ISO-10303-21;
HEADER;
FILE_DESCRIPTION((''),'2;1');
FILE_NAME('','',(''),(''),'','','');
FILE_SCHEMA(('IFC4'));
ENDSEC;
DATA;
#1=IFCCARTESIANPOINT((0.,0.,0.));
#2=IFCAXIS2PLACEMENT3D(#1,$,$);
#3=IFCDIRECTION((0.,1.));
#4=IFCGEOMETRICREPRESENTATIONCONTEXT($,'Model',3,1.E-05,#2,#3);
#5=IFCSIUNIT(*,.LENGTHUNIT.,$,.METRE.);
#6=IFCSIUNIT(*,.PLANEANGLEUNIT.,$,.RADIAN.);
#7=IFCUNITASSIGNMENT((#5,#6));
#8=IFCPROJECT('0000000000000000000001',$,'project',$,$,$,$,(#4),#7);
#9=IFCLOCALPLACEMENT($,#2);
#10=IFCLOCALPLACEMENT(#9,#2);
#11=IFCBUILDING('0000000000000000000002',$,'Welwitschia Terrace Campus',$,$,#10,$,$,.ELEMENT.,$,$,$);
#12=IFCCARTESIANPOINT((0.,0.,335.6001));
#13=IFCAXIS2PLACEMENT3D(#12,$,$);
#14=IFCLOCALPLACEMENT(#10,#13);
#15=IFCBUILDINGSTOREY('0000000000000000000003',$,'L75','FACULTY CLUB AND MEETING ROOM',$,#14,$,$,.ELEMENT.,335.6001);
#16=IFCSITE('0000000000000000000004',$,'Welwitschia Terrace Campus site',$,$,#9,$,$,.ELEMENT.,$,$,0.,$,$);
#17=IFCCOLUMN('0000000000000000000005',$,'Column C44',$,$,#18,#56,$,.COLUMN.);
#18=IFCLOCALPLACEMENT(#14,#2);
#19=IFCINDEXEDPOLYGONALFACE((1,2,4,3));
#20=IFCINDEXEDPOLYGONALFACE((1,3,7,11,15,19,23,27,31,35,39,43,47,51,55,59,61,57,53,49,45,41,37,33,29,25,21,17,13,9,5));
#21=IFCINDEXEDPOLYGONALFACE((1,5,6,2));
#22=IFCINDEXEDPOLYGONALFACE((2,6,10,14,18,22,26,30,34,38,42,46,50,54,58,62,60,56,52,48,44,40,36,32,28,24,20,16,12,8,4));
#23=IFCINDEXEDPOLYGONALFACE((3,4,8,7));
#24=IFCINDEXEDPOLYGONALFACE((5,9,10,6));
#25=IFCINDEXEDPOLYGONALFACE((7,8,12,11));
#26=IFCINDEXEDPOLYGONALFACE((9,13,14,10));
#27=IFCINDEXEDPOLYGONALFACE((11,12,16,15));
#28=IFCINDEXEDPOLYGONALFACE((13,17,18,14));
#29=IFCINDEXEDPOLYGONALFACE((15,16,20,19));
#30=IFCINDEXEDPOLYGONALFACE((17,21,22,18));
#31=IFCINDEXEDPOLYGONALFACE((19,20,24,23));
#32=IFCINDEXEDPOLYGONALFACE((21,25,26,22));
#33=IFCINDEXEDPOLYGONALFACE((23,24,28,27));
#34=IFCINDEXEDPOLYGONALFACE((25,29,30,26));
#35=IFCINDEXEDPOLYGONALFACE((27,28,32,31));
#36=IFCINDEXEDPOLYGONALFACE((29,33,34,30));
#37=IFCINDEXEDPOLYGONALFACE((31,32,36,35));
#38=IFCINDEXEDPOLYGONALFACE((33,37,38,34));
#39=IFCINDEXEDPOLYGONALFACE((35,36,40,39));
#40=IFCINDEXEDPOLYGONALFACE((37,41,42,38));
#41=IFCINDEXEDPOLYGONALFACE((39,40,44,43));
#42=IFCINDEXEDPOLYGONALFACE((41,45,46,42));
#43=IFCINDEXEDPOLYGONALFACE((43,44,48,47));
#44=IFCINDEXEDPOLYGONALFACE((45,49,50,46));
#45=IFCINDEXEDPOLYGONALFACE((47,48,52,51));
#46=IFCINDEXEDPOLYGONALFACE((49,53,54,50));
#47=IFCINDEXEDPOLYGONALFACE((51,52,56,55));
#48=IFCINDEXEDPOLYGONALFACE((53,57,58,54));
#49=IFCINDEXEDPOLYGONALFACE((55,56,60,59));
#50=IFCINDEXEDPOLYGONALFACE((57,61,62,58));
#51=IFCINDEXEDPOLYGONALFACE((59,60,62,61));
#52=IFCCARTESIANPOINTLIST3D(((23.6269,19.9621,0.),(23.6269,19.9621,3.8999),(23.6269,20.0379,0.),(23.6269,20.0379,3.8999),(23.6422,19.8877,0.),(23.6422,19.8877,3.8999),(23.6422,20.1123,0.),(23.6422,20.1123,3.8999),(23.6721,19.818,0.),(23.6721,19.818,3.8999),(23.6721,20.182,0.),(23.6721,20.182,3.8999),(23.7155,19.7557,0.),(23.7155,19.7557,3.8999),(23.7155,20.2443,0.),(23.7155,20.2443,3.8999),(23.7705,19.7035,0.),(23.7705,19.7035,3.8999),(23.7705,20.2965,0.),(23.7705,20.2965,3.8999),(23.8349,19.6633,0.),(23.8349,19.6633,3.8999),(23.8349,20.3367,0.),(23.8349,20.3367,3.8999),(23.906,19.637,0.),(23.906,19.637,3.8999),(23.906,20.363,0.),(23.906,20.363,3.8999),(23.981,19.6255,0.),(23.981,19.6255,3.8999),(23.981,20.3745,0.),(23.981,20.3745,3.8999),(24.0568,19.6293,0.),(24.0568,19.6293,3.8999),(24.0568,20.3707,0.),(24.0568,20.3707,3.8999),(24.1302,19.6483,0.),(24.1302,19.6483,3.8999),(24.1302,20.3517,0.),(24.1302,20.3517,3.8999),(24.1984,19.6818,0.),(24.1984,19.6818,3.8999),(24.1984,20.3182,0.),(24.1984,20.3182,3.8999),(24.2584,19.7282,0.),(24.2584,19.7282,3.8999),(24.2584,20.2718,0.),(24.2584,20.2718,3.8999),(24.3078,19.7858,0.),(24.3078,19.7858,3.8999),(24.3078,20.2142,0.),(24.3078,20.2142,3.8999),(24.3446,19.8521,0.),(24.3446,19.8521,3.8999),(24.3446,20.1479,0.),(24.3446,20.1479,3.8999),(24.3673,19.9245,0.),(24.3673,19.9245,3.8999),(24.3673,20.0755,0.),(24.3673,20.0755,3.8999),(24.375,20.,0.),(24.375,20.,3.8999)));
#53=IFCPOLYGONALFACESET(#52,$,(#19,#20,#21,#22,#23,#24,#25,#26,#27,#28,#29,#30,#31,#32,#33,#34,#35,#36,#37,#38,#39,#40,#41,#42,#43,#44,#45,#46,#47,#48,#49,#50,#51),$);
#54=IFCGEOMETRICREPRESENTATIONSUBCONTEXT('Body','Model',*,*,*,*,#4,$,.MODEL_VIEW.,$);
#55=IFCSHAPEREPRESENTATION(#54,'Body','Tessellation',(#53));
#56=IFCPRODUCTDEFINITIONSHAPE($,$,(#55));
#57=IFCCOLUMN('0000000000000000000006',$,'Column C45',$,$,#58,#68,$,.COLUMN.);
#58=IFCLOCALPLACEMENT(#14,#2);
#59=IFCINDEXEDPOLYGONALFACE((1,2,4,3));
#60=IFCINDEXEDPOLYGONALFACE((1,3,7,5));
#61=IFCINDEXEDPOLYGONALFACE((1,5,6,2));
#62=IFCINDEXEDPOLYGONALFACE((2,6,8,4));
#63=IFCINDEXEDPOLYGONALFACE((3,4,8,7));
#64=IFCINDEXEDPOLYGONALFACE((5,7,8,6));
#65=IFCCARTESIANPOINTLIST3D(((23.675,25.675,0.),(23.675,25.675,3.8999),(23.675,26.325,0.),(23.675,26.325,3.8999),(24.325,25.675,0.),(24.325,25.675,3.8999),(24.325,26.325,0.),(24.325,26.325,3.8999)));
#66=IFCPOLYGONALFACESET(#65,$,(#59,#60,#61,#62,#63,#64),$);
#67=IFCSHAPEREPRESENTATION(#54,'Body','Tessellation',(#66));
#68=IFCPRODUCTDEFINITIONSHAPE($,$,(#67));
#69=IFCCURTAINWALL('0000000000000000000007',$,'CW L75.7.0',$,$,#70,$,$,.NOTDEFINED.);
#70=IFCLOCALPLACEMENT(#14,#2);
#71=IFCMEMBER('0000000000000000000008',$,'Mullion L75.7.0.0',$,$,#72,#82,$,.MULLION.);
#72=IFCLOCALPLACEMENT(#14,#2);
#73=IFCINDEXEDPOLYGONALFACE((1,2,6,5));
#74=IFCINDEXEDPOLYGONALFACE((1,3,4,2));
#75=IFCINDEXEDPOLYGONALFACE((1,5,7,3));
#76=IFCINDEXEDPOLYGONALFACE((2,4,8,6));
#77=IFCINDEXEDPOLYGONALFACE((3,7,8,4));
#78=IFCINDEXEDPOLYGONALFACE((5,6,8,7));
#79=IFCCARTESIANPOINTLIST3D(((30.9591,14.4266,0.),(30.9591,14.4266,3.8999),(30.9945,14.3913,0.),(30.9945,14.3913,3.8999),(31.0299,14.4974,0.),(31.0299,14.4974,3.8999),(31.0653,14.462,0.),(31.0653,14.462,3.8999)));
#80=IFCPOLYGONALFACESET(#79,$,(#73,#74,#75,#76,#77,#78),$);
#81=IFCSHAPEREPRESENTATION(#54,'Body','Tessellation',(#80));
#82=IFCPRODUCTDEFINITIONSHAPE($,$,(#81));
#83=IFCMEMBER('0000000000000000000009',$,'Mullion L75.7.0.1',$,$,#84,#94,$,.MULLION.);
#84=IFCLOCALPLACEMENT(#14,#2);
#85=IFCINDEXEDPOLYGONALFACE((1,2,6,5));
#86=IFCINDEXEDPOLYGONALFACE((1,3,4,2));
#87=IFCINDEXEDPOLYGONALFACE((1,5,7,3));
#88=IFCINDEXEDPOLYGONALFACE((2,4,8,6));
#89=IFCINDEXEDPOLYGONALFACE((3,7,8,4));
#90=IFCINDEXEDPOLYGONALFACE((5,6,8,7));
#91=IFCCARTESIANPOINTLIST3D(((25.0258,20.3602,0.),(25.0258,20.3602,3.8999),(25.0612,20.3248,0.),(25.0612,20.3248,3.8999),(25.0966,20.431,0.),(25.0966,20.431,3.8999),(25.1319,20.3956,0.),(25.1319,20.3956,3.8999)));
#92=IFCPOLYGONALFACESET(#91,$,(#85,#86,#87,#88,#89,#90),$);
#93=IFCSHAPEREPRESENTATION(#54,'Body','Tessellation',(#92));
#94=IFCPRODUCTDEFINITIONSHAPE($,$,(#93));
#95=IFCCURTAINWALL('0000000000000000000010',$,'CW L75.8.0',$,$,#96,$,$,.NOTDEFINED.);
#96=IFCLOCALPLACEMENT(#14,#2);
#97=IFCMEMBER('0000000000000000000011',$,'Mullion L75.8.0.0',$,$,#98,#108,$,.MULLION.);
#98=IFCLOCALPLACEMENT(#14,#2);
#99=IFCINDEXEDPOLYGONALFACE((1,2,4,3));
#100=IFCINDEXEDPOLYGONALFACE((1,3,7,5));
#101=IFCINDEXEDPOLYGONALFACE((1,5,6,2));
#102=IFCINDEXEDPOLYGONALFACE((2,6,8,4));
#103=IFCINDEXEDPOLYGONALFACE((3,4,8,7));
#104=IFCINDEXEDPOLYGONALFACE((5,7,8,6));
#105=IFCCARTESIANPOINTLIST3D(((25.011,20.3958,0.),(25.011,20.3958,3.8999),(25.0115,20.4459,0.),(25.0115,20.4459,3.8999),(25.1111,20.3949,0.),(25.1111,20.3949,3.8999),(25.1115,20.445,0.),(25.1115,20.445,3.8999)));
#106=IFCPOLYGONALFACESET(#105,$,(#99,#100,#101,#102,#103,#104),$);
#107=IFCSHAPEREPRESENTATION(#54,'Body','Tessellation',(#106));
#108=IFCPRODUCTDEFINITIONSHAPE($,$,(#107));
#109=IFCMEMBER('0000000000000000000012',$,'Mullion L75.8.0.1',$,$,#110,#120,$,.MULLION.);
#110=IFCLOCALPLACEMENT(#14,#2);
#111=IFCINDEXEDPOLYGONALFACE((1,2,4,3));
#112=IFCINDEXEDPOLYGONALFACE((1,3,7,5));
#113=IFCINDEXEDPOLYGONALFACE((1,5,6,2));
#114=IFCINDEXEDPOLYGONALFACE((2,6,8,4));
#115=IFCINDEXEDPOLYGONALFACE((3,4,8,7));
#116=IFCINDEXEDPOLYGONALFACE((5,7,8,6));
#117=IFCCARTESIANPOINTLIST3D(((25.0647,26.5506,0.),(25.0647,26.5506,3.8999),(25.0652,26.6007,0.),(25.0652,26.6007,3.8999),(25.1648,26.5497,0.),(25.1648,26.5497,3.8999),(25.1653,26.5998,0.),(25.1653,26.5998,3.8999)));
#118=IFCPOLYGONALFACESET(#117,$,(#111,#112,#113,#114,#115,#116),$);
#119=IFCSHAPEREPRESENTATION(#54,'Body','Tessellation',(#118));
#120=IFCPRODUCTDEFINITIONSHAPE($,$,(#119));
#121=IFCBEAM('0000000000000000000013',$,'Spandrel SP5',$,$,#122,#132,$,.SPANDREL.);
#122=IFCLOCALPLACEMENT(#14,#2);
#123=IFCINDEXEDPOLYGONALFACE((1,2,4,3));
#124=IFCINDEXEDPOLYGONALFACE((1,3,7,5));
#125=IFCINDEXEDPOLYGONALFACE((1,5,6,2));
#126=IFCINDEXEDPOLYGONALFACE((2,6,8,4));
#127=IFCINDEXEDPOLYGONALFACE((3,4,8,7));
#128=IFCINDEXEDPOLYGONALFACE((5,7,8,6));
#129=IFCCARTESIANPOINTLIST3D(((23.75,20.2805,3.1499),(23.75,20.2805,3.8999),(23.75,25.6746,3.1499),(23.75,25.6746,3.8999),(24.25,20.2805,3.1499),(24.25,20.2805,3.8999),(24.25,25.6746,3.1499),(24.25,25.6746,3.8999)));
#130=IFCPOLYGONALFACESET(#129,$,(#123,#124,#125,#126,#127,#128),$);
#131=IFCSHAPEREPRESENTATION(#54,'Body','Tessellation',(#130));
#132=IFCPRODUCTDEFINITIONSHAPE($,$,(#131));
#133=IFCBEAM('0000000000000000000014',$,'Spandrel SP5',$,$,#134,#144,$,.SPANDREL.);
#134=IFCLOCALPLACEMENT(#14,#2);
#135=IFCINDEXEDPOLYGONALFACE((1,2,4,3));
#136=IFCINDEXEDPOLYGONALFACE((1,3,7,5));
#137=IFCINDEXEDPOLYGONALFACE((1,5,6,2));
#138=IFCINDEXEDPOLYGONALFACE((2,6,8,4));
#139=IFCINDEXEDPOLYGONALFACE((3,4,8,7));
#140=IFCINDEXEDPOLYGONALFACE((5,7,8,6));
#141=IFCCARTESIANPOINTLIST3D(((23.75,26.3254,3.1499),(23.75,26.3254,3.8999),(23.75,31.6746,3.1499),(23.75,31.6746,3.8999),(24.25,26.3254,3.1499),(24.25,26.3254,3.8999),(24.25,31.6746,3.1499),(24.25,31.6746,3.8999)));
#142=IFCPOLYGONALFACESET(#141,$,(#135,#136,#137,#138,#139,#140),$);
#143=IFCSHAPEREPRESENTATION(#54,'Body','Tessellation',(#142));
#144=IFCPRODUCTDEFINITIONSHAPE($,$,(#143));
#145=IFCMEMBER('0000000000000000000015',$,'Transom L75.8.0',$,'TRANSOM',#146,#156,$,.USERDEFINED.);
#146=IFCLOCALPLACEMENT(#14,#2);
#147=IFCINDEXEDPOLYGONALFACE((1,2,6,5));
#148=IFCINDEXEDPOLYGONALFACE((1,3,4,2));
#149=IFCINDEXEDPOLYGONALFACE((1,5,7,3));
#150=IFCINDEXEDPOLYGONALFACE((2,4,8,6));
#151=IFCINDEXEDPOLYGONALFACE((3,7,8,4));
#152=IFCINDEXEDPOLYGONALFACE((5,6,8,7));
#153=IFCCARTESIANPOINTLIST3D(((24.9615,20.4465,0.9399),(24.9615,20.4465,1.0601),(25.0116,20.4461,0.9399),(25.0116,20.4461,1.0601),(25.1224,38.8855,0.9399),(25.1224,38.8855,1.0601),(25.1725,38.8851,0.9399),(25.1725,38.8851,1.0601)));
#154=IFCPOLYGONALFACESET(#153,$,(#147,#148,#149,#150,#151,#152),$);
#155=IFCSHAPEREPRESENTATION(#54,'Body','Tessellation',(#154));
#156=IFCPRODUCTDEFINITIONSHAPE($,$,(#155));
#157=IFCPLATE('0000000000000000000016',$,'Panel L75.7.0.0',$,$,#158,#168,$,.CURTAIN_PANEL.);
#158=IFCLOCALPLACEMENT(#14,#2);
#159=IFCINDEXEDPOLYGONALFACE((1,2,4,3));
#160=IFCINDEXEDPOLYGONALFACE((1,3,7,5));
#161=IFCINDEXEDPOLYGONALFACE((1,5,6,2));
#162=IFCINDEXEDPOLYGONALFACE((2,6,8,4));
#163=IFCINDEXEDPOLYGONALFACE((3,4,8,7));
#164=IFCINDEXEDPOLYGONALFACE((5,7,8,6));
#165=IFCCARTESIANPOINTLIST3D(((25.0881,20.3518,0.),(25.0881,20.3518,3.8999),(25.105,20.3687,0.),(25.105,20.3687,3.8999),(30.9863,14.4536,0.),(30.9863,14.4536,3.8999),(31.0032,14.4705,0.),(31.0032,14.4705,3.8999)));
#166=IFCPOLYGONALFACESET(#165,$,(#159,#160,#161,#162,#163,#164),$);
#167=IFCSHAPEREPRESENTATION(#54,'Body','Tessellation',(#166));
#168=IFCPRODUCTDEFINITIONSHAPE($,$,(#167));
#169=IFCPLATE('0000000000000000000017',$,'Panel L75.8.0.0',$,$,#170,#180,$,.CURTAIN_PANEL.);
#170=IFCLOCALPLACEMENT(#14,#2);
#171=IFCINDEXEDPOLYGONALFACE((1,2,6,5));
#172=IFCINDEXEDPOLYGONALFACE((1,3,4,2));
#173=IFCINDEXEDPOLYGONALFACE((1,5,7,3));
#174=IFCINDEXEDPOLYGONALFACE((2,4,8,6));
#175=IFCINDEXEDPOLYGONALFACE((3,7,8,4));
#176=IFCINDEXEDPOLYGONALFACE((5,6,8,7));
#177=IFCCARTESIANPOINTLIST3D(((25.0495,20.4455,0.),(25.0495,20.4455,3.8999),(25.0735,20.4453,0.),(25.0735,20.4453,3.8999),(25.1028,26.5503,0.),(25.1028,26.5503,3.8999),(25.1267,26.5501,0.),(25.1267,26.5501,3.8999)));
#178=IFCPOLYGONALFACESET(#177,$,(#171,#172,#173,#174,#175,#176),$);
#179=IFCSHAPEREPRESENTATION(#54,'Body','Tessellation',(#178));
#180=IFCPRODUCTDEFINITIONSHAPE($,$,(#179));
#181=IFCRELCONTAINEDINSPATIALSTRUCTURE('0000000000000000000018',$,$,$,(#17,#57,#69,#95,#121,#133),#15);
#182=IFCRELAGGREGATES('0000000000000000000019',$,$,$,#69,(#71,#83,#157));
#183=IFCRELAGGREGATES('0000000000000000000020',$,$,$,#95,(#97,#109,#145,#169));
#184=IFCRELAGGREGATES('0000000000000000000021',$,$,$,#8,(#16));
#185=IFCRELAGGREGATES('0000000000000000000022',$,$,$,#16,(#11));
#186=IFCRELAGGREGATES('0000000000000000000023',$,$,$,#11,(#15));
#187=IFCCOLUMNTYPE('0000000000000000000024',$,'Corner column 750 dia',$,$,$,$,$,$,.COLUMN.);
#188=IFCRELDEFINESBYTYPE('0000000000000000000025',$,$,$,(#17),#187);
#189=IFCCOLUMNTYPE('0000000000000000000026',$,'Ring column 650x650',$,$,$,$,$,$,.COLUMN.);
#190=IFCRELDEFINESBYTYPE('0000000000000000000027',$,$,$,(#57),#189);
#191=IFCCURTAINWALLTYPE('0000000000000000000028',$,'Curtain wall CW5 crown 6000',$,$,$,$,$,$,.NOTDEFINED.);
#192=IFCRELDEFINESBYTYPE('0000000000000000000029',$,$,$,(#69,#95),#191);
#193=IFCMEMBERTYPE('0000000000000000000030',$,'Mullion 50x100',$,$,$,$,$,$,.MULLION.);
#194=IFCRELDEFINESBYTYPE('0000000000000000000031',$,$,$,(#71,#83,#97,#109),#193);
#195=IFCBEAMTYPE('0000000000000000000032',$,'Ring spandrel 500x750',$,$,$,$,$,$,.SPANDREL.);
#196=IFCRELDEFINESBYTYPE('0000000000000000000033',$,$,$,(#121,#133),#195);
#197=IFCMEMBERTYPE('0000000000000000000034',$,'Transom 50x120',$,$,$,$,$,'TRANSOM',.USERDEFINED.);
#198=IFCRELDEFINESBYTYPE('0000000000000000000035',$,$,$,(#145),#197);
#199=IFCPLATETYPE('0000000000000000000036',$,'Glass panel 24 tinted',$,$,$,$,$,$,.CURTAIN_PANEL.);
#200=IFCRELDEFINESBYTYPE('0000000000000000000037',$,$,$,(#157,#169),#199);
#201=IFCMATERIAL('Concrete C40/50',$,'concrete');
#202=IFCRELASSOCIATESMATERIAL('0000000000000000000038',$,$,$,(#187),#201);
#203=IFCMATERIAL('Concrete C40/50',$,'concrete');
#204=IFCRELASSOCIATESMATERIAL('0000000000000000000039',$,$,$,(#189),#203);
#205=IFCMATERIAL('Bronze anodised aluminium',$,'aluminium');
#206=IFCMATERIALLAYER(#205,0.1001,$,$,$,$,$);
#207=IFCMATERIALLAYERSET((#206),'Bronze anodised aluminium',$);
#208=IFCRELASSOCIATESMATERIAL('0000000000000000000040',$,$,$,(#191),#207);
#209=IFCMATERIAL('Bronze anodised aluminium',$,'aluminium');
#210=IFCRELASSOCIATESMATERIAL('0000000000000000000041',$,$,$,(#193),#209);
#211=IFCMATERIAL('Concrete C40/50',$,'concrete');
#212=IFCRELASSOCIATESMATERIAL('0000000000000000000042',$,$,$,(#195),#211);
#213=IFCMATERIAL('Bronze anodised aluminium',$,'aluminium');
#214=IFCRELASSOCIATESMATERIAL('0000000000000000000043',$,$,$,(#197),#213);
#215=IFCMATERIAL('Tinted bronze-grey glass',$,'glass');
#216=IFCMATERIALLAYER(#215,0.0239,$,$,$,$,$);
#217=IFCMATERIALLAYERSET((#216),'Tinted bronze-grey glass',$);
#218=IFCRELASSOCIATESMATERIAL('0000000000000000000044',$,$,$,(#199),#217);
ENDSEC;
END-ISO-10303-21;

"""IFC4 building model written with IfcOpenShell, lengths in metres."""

from ifc_helpers import new_model, si_unit, direction, frame, origin, origin_2d, place, context, subcontext, project, spatial, rectangle, circle, extrude, material, layer, layer_set, material_profile, profile_set, type_object, element, aggregate, save


model = new_model("IFC4")

# Units and contexts
model_context = context("Model", 3, precision=1e-05, world=origin(), true_north=direction((0.0, 1.0)))
body_context = subcontext(model_context, "Body", "Model", "MODEL_VIEW")
ifc_project = project(units=[si_unit("LENGTHUNIT", "METRE"), si_unit("PLANEANGLEUNIT", "RADIAN")], contexts=[model_context])

# Site, building, storey
site_placement = place(None, origin())
site = spatial("IfcSite", under=ifc_project, at=site_placement, Name="Welwitschia Terrace Campus site", CompositionType="ELEMENT", RefElevation=0.0)
building_placement = place(site_placement, origin())
building = spatial("IfcBuilding", under=site, at=building_placement, Name="Welwitschia Terrace Campus", CompositionType="ELEMENT")
storey_placement = place(building_placement, frame((0.0, 0.0, 335.6001)))
storey = spatial("IfcBuildingStorey", under=building, at=storey_placement, Name="L75", Description="FACULTY CLUB AND MEETING ROOM", CompositionType="ELEMENT", Elevation=335.6001)

# Columns
ifc_material_1 = material(Name="Concrete C40/50", Category="concrete")
ifc_material_profile_1 = material_profile(ifc_material_1, circle(Radius=0.375, at=origin_2d()))
ifc_profile_set_1 = profile_set([ifc_material_profile_1], Name="Concrete C40/50")
column_type_1 = type_object("IfcColumnType", Name="Corner column 750 dia", PredefinedType="COLUMN", material=ifc_profile_set_1)
column_1_placement = place(storey_placement, frame((24.0, 20.0, 0.0), z_axis=(0.0, 0.0, 1.0), x_axis=(1.0, 0.0, 0.0)))
element("IfcColumn", 1, at=column_1_placement, inside=storey, type_object=column_type_1, Name="Column C44", PredefinedType="COLUMN", context=body_context, shape_type="SweptSolid", body=[
    extrude(circle(Radius=0.375, at=origin_2d()), origin(), (0.0, 0.0, 1.0), 3.8999),
])
ifc_material_2 = material(Name="Concrete C40/50", Category="concrete")
ifc_material_profile_2 = material_profile(ifc_material_2, rectangle(XDim=0.6499, YDim=0.6499, at=origin_2d()))
ifc_profile_set_2 = profile_set([ifc_material_profile_2], Name="Concrete C40/50")
column_type_2 = type_object("IfcColumnType", Name="Ring column 650x650", PredefinedType="COLUMN", material=ifc_profile_set_2)
column_2_placement = place(storey_placement, frame((24.0, 26.0, 0.0), z_axis=(0.0, 0.0, 1.0), x_axis=(1.0, 0.0, 0.0)))
element("IfcColumn", 2, at=column_2_placement, inside=storey, type_object=column_type_2, Name="Column C45", PredefinedType="COLUMN", context=body_context, shape_type="SweptSolid", body=[
    extrude(rectangle(XDim=0.6499, YDim=0.6499, at=origin_2d()), origin(), (0.0, 0.0, 1.0), 3.8999),
])

# Curtain walls, members
ifc_material_3 = material(Name="Bronze anodised aluminium", Category="aluminium")
ifc_layer_1 = layer(ifc_material_3, 0.1001)
ifc_layer_set_1 = layer_set([ifc_layer_1], Name="Bronze anodised aluminium")
curtain_wall_type = type_object("IfcCurtainWallType", Name="Curtain wall CW5 crown 6000", PredefinedType="NOTDEFINED", material=ifc_layer_set_1)
curtain_wall_1_placement = place(storey_placement, origin())
curtain_wall_1 = element("IfcCurtainWall", 3, at=curtain_wall_1_placement, inside=storey, type_object=curtain_wall_type, Name="CW L75.7.0", PredefinedType="NOTDEFINED")
ifc_material_4 = material(Name="Bronze anodised aluminium", Category="aluminium")
ifc_material_profile_3 = material_profile(ifc_material_4, rectangle(XDim=0.1001, YDim=0.05, at=origin_2d()))
ifc_profile_set_3 = profile_set([ifc_material_profile_3], Name="Bronze anodised aluminium")
member_type_1 = type_object("IfcMemberType", Name="Mullion 50x100", PredefinedType="MULLION", material=ifc_profile_set_3)
member_1_placement = place(storey_placement, frame((31.0122, 14.4443, 0.0), z_axis=(0.0, 0.0, 1.0), x_axis=(-0.707107, -0.707107, 0.0)))
member_1 = element("IfcMember", 4, at=member_1_placement, type_object=member_type_1, Name="Mullion L75.7.0.0", PredefinedType="MULLION", context=body_context, shape_type="SweptSolid", body=[
    extrude(rectangle(XDim=0.1001, YDim=0.05, at=origin_2d()), origin(), (0.0, 0.0, 1.0), 3.8999),
])
member_2_placement = place(storey_placement, frame((25.0789, 20.3779, 0.0), z_axis=(0.0, 0.0, 1.0), x_axis=(-0.707107, -0.707107, 0.0)))
member_2 = element("IfcMember", 5, at=member_2_placement, type_object=member_type_1, Name="Mullion L75.7.0.1", PredefinedType="MULLION", context=body_context, shape_type="SweptSolid", body=[
    extrude(rectangle(XDim=0.1001, YDim=0.05, at=origin_2d()), origin(), (0.0, 0.0, 1.0), 3.8999),
])
curtain_wall_2_placement = place(storey_placement, origin())
curtain_wall_2 = element("IfcCurtainWall", 6, at=curtain_wall_2_placement, inside=storey, type_object=curtain_wall_type, Name="CW L75.8.0", PredefinedType="NOTDEFINED")
member_3_placement = place(storey_placement, frame((25.0613, 20.4204, 0.0), z_axis=(0.0, 0.0, 1.0), x_axis=(-0.999962, 0.008727, 0.0)))
member_3 = element("IfcMember", 7, at=member_3_placement, type_object=member_type_1, Name="Mullion L75.8.0.0", PredefinedType="MULLION", context=body_context, shape_type="SweptSolid", body=[
    extrude(rectangle(XDim=0.1001, YDim=0.05, at=origin_2d()), origin(), (0.0, 0.0, 1.0), 3.8999),
])
member_4_placement = place(storey_placement, frame((25.115, 26.5752, 0.0), z_axis=(0.0, 0.0, 1.0), x_axis=(-0.999962, 0.008727, 0.0)))
member_4 = element("IfcMember", 8, at=member_4_placement, type_object=member_type_1, Name="Mullion L75.8.0.1", PredefinedType="MULLION", context=body_context, shape_type="SweptSolid", body=[
    extrude(rectangle(XDim=0.1001, YDim=0.05, at=origin_2d()), origin(), (0.0, 0.0, 1.0), 3.8999),
])

# Beams
ifc_material_5 = material(Name="Concrete C40/50", Category="concrete")
ifc_material_profile_4 = material_profile(ifc_material_5, rectangle(XDim=0.5, YDim=0.75, at=origin_2d()))
ifc_profile_set_4 = profile_set([ifc_material_profile_4], Name="Concrete C40/50")
beam_type = type_object("IfcBeamType", Name="Ring spandrel 500x750", PredefinedType="SPANDREL", material=ifc_profile_set_4)
beam_1_placement = place(storey_placement, frame((24.0, 20.2805, 3.5249), z_axis=(0.0, 1.0, 0.0), x_axis=(-1.0, 0.0, 0.0)))
element("IfcBeam", 9, at=beam_1_placement, inside=storey, type_object=beam_type, Name="Spandrel SP5", PredefinedType="SPANDREL", context=body_context, shape_type="SweptSolid", body=[
    extrude(rectangle(XDim=0.5, YDim=0.75, at=origin_2d()), origin(), (0.0, 0.0, 1.0), 5.394),
])
beam_2_placement = place(storey_placement, frame((24.0, 26.3254, 3.5249), z_axis=(0.0, 1.0, 0.0), x_axis=(-1.0, 0.0, 0.0)))
element("IfcBeam", 10, at=beam_2_placement, inside=storey, type_object=beam_type, Name="Spandrel SP5", PredefinedType="SPANDREL", context=body_context, shape_type="SweptSolid", body=[
    extrude(rectangle(XDim=0.5, YDim=0.75, at=origin_2d()), origin(), (0.0, 0.0, 1.0), 5.3491),
])

# Member
ifc_material_6 = material(Name="Bronze anodised aluminium", Category="aluminium")
ifc_material_profile_5 = material_profile(ifc_material_6, rectangle(XDim=0.05, YDim=0.1201, at=origin_2d()))
ifc_profile_set_5 = profile_set([ifc_material_profile_5], Name="Bronze anodised aluminium")
member_type_2 = type_object("IfcMemberType", Name="Transom 50x120", ElementType="TRANSOM", PredefinedType="USERDEFINED", material=ifc_profile_set_5)
member_5_placement = place(storey_placement, frame((24.9866, 20.4463, 1.0), z_axis=(0.008725, 0.999962, 0.0), x_axis=(-0.999962, 0.008725, 0.0)))
member_5 = element("IfcMember", 11, at=member_5_placement, type_object=member_type_2, Name="Transom L75.8.0", ObjectType="TRANSOM", PredefinedType="USERDEFINED", context=body_context, shape_type="SweptSolid", body=[
    extrude(rectangle(XDim=0.05, YDim=0.1201, at=origin_2d()), origin(), (0.0, 0.0, 1.0), 18.4397),
])

# Plates
ifc_material_7 = material(Name="Tinted bronze-grey glass", Category="glass")
ifc_layer_2 = layer(ifc_material_7, 0.0239)
ifc_layer_set_2 = layer_set([ifc_layer_2], Name="Tinted bronze-grey glass")
plate_type = type_object("IfcPlateType", Name="Glass panel 24 tinted", PredefinedType="CURTAIN_PANEL", material=ifc_layer_set_2)
plate_1_placement = place(storey_placement, frame((28.0457, 17.4111, 0.0), z_axis=(0.0, 0.0, 1.0), x_axis=(-0.707107, 0.707107, 0.0)))
plate_1 = element("IfcPlate", 12, at=plate_1_placement, type_object=plate_type, Name="Panel L75.7.0.0", PredefinedType="CURTAIN_PANEL", context=body_context, shape_type="SweptSolid", body=[
    extrude(rectangle(XDim=8.3413, YDim=0.0239, at=origin_2d()), origin(), (0.0, 0.0, 1.0), 3.8999),
])
aggregate(curtain_wall_1, [member_1, member_2, plate_1])
plate_2_placement = place(storey_placement, frame((25.0881, 23.4978, 0.0), z_axis=(0.0, 0.0, 1.0), x_axis=(0.008727, 0.999962, 0.0)))
plate_2 = element("IfcPlate", 13, at=plate_2_placement, type_object=plate_type, Name="Panel L75.8.0.0", PredefinedType="CURTAIN_PANEL", context=body_context, shape_type="SweptSolid", body=[
    extrude(rectangle(XDim=6.105, YDim=0.0239, at=origin_2d()), origin(), (0.0, 0.0, 1.0), 3.8999),
])
aggregate(curtain_wall_2, [member_3, member_4, member_5, plate_2])

save(model, "model.ifc")
